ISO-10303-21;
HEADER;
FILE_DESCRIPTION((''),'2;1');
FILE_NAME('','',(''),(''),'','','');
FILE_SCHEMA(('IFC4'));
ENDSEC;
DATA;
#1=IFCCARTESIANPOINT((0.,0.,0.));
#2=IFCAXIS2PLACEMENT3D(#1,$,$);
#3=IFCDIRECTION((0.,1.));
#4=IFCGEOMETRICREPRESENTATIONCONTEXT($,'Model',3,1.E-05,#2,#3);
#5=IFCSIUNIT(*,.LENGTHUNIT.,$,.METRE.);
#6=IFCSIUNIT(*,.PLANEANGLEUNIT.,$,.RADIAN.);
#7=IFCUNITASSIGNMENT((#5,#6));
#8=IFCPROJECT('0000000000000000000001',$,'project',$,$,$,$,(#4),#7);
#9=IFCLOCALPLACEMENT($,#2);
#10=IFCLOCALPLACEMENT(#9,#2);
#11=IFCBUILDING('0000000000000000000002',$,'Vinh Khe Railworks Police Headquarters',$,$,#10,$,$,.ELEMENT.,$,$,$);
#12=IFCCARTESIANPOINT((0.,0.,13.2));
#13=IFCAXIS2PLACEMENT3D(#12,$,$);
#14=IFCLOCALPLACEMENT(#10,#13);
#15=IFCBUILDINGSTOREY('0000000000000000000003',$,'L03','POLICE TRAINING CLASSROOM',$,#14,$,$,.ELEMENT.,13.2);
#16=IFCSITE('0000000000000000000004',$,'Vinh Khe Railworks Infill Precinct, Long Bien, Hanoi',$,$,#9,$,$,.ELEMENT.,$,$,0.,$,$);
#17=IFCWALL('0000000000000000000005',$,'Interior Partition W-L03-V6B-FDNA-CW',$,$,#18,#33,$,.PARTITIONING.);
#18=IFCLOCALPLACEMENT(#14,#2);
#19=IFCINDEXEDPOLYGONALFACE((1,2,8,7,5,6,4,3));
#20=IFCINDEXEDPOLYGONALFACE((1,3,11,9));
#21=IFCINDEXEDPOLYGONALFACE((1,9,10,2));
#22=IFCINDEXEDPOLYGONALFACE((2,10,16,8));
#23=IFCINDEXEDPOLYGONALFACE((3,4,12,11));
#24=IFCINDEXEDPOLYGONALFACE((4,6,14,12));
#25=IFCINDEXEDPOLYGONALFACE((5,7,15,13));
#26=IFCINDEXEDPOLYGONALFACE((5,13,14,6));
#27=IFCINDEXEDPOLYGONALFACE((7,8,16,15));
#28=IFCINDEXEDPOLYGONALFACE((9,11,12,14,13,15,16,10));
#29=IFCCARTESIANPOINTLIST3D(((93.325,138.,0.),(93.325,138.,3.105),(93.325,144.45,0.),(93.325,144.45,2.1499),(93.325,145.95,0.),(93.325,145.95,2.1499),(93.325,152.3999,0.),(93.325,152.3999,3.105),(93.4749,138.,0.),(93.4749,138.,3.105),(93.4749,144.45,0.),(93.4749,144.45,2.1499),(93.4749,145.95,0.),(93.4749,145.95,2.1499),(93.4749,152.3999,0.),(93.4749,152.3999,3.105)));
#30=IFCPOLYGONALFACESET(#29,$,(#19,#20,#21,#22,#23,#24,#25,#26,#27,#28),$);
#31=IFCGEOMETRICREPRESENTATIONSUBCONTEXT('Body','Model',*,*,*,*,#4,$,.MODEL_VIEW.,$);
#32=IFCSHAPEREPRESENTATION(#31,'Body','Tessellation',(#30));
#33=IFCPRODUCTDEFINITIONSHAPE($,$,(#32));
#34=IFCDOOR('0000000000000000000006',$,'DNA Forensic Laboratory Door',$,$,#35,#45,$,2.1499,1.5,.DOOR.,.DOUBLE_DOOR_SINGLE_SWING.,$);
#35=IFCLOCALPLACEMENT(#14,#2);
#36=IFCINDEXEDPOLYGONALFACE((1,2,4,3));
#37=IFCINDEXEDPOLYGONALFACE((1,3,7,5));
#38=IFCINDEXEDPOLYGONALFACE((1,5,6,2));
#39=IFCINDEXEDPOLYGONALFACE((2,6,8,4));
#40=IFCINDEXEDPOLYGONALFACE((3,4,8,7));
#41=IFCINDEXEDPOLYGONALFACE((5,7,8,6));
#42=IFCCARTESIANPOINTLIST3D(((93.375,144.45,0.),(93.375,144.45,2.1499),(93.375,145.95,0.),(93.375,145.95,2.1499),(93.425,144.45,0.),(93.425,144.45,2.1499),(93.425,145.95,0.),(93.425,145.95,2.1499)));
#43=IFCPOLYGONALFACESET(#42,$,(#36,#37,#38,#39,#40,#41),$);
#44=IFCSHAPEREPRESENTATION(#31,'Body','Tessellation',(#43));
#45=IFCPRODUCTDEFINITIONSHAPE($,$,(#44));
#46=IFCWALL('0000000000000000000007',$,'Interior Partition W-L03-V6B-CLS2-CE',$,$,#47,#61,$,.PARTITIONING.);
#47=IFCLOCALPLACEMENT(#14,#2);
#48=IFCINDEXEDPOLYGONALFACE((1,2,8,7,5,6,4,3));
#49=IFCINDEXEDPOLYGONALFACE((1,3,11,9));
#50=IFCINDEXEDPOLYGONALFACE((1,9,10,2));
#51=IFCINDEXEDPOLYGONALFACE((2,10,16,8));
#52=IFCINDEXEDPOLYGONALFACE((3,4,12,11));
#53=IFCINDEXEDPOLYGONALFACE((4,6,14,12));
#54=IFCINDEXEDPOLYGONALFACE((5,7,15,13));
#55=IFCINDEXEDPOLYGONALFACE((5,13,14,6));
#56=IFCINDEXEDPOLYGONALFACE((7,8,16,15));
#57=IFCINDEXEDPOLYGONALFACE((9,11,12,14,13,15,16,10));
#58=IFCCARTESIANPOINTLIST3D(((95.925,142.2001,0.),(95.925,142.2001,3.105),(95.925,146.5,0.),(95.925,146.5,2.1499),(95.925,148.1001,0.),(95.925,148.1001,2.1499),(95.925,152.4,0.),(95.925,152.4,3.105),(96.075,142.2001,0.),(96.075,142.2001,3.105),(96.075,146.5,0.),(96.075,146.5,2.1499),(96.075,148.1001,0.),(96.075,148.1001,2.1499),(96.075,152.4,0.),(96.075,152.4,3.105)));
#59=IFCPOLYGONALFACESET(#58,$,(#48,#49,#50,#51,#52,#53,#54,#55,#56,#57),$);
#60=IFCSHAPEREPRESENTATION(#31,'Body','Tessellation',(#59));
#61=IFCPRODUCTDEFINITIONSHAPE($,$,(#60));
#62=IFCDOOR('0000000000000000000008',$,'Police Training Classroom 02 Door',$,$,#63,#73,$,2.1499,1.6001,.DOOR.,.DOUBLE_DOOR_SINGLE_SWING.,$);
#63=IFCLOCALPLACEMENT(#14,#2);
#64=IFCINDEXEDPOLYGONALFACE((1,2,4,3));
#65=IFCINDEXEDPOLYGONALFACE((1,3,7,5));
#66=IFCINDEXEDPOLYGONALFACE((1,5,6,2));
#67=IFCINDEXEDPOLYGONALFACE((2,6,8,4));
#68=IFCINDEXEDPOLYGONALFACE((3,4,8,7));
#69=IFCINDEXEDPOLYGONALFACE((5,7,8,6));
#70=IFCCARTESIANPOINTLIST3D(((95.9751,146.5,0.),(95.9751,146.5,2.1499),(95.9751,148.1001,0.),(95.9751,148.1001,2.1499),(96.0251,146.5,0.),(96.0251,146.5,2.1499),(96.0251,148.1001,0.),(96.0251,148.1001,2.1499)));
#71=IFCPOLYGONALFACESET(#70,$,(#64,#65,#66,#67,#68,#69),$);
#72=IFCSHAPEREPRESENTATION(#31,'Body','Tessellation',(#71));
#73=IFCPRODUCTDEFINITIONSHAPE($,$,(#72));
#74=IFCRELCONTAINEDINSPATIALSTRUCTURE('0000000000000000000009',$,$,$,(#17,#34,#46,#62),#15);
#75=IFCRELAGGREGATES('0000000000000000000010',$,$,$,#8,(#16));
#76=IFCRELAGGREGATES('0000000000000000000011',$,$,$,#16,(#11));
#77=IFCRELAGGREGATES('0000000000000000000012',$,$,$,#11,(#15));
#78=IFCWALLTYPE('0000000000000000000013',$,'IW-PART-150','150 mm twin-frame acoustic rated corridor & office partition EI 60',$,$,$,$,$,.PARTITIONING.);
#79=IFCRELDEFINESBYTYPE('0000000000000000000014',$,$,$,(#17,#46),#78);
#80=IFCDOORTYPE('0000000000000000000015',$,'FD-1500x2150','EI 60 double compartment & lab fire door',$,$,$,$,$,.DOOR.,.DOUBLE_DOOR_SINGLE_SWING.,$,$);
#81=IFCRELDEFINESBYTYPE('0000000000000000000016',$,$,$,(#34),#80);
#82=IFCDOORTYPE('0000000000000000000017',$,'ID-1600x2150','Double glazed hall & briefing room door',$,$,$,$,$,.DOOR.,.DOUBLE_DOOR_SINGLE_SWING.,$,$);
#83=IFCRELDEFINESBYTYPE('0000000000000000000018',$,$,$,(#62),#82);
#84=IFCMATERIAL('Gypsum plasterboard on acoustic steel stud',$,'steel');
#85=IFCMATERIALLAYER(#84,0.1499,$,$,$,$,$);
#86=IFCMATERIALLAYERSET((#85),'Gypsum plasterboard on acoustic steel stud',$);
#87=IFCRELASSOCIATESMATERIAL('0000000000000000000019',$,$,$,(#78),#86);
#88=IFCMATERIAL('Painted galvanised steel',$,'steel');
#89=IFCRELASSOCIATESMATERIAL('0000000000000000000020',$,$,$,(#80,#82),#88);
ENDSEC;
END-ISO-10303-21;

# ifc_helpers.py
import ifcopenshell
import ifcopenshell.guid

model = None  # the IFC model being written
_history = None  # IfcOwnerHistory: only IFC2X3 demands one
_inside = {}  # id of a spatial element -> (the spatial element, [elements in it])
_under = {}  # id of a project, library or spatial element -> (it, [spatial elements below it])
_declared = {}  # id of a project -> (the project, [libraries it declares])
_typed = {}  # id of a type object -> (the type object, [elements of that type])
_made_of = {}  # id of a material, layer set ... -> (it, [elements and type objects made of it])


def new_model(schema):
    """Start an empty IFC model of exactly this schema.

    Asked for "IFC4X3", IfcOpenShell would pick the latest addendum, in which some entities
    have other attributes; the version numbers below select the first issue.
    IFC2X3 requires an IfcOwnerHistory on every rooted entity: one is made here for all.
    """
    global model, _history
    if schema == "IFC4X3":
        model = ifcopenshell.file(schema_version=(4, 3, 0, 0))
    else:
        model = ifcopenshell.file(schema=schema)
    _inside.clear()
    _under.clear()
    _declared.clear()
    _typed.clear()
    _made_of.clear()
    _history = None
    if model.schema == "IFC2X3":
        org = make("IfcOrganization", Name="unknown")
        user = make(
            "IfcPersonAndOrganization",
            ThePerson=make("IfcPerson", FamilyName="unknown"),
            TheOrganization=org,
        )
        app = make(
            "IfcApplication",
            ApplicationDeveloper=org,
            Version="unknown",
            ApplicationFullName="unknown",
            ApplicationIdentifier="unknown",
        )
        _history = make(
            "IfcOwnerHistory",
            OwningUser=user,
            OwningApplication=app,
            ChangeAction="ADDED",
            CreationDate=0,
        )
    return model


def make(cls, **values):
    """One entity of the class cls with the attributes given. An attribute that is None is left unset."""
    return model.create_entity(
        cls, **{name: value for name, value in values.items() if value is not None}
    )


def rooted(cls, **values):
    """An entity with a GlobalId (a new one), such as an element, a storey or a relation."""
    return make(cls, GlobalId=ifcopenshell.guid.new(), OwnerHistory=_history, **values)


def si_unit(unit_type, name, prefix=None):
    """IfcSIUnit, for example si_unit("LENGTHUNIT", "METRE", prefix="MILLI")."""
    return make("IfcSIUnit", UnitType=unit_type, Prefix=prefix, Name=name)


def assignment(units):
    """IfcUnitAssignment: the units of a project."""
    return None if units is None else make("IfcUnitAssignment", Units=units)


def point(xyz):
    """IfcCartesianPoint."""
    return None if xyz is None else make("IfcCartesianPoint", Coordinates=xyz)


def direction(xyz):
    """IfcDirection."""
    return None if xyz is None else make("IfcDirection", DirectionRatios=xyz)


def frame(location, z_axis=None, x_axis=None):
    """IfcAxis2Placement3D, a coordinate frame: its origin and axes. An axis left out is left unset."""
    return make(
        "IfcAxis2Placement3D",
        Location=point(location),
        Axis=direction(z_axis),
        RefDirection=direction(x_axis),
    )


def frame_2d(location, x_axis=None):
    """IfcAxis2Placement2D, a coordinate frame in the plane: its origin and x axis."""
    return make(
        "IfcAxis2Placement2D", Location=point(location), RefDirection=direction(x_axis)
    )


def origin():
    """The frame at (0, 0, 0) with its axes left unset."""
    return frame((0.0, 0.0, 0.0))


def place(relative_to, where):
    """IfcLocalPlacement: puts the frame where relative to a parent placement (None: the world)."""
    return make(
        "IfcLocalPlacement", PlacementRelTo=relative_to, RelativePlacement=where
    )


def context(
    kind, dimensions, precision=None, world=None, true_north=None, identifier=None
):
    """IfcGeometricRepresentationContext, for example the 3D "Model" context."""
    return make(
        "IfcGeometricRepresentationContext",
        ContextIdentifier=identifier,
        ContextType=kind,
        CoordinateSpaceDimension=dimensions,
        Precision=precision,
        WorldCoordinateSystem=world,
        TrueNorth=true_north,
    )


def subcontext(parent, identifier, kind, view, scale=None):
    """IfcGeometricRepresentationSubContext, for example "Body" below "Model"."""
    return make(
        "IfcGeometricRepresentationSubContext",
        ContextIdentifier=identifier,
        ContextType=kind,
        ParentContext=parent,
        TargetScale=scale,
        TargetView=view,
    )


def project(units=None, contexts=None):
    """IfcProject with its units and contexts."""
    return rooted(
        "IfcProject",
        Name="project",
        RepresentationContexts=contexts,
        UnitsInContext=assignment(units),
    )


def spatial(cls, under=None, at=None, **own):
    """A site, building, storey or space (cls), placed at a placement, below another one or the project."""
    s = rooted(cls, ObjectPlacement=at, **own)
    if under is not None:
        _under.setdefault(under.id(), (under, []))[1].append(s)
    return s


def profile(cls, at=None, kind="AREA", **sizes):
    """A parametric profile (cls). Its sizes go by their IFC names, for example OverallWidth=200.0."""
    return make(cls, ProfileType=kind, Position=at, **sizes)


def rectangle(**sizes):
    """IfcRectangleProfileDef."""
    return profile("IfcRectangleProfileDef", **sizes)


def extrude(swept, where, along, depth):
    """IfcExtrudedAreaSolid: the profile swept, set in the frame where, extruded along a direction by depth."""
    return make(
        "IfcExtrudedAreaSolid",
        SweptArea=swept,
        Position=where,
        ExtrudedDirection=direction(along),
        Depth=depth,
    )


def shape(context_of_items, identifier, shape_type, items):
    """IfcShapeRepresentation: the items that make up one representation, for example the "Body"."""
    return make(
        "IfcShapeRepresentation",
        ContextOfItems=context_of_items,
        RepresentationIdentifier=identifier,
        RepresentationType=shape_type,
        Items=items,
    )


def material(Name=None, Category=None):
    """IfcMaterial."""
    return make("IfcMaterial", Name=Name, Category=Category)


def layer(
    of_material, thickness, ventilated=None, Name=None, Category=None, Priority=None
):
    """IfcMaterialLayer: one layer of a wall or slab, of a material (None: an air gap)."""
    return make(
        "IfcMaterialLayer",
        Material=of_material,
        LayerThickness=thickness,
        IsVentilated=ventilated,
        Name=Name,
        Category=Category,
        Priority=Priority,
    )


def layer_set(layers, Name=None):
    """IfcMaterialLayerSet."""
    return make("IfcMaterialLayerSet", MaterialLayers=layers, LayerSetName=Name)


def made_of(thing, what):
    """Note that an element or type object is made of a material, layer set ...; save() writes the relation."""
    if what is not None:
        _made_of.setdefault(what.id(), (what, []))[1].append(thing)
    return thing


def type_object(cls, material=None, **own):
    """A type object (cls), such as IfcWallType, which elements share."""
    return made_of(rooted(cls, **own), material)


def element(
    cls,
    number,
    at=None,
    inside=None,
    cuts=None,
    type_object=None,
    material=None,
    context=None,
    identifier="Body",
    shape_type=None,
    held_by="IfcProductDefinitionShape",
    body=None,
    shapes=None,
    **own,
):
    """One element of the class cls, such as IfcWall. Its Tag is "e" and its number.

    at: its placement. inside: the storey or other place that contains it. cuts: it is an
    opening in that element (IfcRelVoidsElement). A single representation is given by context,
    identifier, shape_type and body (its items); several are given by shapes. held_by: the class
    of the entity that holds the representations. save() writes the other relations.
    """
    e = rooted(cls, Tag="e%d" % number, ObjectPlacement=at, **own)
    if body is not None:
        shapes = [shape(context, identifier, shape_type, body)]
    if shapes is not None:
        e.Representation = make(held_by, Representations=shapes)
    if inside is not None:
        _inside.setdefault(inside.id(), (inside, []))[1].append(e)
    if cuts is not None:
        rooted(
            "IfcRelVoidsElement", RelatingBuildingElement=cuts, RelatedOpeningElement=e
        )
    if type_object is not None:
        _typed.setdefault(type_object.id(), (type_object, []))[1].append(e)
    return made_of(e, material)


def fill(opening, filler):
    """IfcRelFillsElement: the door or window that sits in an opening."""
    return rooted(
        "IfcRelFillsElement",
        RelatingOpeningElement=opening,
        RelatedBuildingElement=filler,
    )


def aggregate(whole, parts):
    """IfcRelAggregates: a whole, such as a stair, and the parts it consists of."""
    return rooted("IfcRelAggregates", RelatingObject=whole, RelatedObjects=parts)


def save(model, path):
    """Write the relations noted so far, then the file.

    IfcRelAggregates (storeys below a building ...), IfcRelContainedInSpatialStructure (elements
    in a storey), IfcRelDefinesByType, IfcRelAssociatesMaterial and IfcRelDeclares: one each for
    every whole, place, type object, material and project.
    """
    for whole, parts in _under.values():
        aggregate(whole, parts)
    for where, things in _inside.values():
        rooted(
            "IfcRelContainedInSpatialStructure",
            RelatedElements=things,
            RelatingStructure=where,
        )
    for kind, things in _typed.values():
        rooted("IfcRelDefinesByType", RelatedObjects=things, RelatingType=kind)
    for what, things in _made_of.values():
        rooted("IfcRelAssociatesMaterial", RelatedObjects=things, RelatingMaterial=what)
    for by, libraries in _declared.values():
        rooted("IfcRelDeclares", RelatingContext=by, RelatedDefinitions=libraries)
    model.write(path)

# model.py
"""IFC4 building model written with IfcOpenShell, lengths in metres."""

from ifc_helpers import new_model, si_unit, direction, frame, frame_2d, origin, place, context, subcontext, project, spatial, rectangle, extrude, material, layer, layer_set, type_object, element, fill, save


model = new_model("IFC4")

# Units and contexts
model_context = context("Model", 3, precision=1e-05, world=origin(), true_north=direction((0.0, 1.0)))
body_context = subcontext(model_context, "Body", "Model", "MODEL_VIEW")
ifc_project = project(units=[si_unit("LENGTHUNIT", "METRE"), si_unit("PLANEANGLEUNIT", "RADIAN")], contexts=[model_context])

# Site, building, storey
site_placement = place(None, origin())
site = spatial("IfcSite", under=ifc_project, at=site_placement, Name="Vinh Khe Railworks Infill Precinct, Long Bien, Hanoi", CompositionType="ELEMENT", RefElevation=0.0)
building_placement = place(site_placement, origin())
building = spatial("IfcBuilding", under=site, at=building_placement, Name="Vinh Khe Railworks Police Headquarters", CompositionType="ELEMENT")
storey_placement = place(building_placement, frame((0.0, 0.0, 13.2)))
storey = spatial("IfcBuildingStorey", under=building, at=storey_placement, Name="L03", Description="POLICE TRAINING CLASSROOM", CompositionType="ELEMENT", Elevation=13.2)

# Walls, openings, doors
ifc_material_1 = material(Name="Gypsum plasterboard on acoustic steel stud", Category="steel")
ifc_layer_1 = layer(ifc_material_1, 0.1499)
ifc_layer_set_1 = layer_set([ifc_layer_1], Name="Gypsum plasterboard on acoustic steel stud")
wall_type_1 = type_object("IfcWallType", Name="IW-PART-150", Description="150 mm twin-frame acoustic rated corridor & office partition EI 60", PredefinedType="PARTITIONING", material=ifc_layer_set_1)
wall_1_placement = place(storey_placement, frame((93.3999, 138.0, 0.0), z_axis=(0.0, 0.0, 1.0), x_axis=(0.0, 1.0, 0.0)))
wall_1 = element("IfcWall", 1, at=wall_1_placement, inside=storey, type_object=wall_type_1, Name="Interior Partition W-L03-V6B-FDNA-CW", PredefinedType="PARTITIONING", context=body_context, shape_type="SweptSolid", body=[
    extrude(rectangle(XDim=14.3999, YDim=0.1499, at=frame_2d((7.2, 0.0))), origin(), (0.0, 0.0, 1.0), 3.105),
])
opening_1_placement = place(wall_1_placement, frame((6.45, 0.0, 0.0)))
opening_1 = element("IfcOpeningElement", 2, at=opening_1_placement, cuts=wall_1, PredefinedType="OPENING", context=body_context, shape_type="SweptSolid", body=[
    extrude(rectangle(XDim=1.5, YDim=2.1499, at=frame_2d((0.75, 1.075))), frame((0.0, 0.0898, 0.0), z_axis=(0.0, -1.0, 0.0), x_axis=(1.0, 0.0, 0.0)), (0.0, 0.0, 1.0), 0.1797),
])
ifc_material_2 = material(Name="Painted galvanised steel", Category="steel")
door_type_1 = type_object("IfcDoorType", Name="FD-1500x2150", Description="EI 60 double compartment & lab fire door", OperationType="DOUBLE_DOOR_SINGLE_SWING", PredefinedType="DOOR", material=ifc_material_2)
door_1_placement = place(opening_1_placement, origin())
door_1 = element("IfcDoor", 3, at=door_1_placement, inside=storey, type_object=door_type_1, Name="DNA Forensic Laboratory Door", OperationType="DOUBLE_DOOR_SINGLE_SWING", OverallHeight=2.1499, OverallWidth=1.5, PredefinedType="DOOR", context=body_context, shape_type="SweptSolid", body=[
    extrude(rectangle(XDim=1.5, YDim=2.1499, at=frame_2d((0.75, 1.075))), frame((0.0, 0.0249, 0.0), z_axis=(0.0, -1.0, 0.0), x_axis=(1.0, 0.0, 0.0)), (0.0, 0.0, 1.0), 0.05),
])
fill(opening_1, door_1)
wall_2_placement = place(storey_placement, frame((96.0, 142.2, 0.0), z_axis=(0.0, 0.0, 1.0), x_axis=(0.0, 1.0, 0.0)))
wall_2 = element("IfcWall", 4, at=wall_2_placement, inside=storey, type_object=wall_type_1, Name="Interior Partition W-L03-V6B-CLS2-CE", PredefinedType="PARTITIONING", context=body_context, shape_type="SweptSolid", body=[
    extrude(rectangle(XDim=10.2, YDim=0.1499, at=frame_2d((5.1001, 0.0))), origin(), (0.0, 0.0, 1.0), 3.105),
])
opening_2_placement = place(wall_2_placement, frame((4.3, 0.0, 0.0)))
opening_2 = element("IfcOpeningElement", 5, at=opening_2_placement, cuts=wall_2, PredefinedType="OPENING", context=body_context, shape_type="SweptSolid", body=[
    extrude(rectangle(XDim=1.6001, YDim=2.1499, at=frame_2d((0.8, 1.075))), frame((0.0, 0.0898, 0.0), z_axis=(0.0, -1.0, 0.0), x_axis=(1.0, 0.0, 0.0)), (0.0, 0.0, 1.0), 0.1797),
])
door_type_2 = type_object("IfcDoorType", Name="ID-1600x2150", Description="Double glazed hall & briefing room door", OperationType="DOUBLE_DOOR_SINGLE_SWING", PredefinedType="DOOR", material=ifc_material_2)
door_2_placement = place(opening_2_placement, origin())
door_2 = element("IfcDoor", 6, at=door_2_placement, inside=storey, type_object=door_type_2, Name="Police Training Classroom 02 Door", OperationType="DOUBLE_DOOR_SINGLE_SWING", OverallHeight=2.1499, OverallWidth=1.6001, PredefinedType="DOOR", context=body_context, shape_type="SweptSolid", body=[
    extrude(rectangle(XDim=1.6001, YDim=2.1499, at=frame_2d((0.8, 1.075))), frame((0.0, 0.0249, 0.0), z_axis=(0.0, -1.0, 0.0), x_axis=(1.0, 0.0, 0.0)), (0.0, 0.0, 1.0), 0.05),
])
fill(opening_2, door_2)

save(model, "model.ifc")
